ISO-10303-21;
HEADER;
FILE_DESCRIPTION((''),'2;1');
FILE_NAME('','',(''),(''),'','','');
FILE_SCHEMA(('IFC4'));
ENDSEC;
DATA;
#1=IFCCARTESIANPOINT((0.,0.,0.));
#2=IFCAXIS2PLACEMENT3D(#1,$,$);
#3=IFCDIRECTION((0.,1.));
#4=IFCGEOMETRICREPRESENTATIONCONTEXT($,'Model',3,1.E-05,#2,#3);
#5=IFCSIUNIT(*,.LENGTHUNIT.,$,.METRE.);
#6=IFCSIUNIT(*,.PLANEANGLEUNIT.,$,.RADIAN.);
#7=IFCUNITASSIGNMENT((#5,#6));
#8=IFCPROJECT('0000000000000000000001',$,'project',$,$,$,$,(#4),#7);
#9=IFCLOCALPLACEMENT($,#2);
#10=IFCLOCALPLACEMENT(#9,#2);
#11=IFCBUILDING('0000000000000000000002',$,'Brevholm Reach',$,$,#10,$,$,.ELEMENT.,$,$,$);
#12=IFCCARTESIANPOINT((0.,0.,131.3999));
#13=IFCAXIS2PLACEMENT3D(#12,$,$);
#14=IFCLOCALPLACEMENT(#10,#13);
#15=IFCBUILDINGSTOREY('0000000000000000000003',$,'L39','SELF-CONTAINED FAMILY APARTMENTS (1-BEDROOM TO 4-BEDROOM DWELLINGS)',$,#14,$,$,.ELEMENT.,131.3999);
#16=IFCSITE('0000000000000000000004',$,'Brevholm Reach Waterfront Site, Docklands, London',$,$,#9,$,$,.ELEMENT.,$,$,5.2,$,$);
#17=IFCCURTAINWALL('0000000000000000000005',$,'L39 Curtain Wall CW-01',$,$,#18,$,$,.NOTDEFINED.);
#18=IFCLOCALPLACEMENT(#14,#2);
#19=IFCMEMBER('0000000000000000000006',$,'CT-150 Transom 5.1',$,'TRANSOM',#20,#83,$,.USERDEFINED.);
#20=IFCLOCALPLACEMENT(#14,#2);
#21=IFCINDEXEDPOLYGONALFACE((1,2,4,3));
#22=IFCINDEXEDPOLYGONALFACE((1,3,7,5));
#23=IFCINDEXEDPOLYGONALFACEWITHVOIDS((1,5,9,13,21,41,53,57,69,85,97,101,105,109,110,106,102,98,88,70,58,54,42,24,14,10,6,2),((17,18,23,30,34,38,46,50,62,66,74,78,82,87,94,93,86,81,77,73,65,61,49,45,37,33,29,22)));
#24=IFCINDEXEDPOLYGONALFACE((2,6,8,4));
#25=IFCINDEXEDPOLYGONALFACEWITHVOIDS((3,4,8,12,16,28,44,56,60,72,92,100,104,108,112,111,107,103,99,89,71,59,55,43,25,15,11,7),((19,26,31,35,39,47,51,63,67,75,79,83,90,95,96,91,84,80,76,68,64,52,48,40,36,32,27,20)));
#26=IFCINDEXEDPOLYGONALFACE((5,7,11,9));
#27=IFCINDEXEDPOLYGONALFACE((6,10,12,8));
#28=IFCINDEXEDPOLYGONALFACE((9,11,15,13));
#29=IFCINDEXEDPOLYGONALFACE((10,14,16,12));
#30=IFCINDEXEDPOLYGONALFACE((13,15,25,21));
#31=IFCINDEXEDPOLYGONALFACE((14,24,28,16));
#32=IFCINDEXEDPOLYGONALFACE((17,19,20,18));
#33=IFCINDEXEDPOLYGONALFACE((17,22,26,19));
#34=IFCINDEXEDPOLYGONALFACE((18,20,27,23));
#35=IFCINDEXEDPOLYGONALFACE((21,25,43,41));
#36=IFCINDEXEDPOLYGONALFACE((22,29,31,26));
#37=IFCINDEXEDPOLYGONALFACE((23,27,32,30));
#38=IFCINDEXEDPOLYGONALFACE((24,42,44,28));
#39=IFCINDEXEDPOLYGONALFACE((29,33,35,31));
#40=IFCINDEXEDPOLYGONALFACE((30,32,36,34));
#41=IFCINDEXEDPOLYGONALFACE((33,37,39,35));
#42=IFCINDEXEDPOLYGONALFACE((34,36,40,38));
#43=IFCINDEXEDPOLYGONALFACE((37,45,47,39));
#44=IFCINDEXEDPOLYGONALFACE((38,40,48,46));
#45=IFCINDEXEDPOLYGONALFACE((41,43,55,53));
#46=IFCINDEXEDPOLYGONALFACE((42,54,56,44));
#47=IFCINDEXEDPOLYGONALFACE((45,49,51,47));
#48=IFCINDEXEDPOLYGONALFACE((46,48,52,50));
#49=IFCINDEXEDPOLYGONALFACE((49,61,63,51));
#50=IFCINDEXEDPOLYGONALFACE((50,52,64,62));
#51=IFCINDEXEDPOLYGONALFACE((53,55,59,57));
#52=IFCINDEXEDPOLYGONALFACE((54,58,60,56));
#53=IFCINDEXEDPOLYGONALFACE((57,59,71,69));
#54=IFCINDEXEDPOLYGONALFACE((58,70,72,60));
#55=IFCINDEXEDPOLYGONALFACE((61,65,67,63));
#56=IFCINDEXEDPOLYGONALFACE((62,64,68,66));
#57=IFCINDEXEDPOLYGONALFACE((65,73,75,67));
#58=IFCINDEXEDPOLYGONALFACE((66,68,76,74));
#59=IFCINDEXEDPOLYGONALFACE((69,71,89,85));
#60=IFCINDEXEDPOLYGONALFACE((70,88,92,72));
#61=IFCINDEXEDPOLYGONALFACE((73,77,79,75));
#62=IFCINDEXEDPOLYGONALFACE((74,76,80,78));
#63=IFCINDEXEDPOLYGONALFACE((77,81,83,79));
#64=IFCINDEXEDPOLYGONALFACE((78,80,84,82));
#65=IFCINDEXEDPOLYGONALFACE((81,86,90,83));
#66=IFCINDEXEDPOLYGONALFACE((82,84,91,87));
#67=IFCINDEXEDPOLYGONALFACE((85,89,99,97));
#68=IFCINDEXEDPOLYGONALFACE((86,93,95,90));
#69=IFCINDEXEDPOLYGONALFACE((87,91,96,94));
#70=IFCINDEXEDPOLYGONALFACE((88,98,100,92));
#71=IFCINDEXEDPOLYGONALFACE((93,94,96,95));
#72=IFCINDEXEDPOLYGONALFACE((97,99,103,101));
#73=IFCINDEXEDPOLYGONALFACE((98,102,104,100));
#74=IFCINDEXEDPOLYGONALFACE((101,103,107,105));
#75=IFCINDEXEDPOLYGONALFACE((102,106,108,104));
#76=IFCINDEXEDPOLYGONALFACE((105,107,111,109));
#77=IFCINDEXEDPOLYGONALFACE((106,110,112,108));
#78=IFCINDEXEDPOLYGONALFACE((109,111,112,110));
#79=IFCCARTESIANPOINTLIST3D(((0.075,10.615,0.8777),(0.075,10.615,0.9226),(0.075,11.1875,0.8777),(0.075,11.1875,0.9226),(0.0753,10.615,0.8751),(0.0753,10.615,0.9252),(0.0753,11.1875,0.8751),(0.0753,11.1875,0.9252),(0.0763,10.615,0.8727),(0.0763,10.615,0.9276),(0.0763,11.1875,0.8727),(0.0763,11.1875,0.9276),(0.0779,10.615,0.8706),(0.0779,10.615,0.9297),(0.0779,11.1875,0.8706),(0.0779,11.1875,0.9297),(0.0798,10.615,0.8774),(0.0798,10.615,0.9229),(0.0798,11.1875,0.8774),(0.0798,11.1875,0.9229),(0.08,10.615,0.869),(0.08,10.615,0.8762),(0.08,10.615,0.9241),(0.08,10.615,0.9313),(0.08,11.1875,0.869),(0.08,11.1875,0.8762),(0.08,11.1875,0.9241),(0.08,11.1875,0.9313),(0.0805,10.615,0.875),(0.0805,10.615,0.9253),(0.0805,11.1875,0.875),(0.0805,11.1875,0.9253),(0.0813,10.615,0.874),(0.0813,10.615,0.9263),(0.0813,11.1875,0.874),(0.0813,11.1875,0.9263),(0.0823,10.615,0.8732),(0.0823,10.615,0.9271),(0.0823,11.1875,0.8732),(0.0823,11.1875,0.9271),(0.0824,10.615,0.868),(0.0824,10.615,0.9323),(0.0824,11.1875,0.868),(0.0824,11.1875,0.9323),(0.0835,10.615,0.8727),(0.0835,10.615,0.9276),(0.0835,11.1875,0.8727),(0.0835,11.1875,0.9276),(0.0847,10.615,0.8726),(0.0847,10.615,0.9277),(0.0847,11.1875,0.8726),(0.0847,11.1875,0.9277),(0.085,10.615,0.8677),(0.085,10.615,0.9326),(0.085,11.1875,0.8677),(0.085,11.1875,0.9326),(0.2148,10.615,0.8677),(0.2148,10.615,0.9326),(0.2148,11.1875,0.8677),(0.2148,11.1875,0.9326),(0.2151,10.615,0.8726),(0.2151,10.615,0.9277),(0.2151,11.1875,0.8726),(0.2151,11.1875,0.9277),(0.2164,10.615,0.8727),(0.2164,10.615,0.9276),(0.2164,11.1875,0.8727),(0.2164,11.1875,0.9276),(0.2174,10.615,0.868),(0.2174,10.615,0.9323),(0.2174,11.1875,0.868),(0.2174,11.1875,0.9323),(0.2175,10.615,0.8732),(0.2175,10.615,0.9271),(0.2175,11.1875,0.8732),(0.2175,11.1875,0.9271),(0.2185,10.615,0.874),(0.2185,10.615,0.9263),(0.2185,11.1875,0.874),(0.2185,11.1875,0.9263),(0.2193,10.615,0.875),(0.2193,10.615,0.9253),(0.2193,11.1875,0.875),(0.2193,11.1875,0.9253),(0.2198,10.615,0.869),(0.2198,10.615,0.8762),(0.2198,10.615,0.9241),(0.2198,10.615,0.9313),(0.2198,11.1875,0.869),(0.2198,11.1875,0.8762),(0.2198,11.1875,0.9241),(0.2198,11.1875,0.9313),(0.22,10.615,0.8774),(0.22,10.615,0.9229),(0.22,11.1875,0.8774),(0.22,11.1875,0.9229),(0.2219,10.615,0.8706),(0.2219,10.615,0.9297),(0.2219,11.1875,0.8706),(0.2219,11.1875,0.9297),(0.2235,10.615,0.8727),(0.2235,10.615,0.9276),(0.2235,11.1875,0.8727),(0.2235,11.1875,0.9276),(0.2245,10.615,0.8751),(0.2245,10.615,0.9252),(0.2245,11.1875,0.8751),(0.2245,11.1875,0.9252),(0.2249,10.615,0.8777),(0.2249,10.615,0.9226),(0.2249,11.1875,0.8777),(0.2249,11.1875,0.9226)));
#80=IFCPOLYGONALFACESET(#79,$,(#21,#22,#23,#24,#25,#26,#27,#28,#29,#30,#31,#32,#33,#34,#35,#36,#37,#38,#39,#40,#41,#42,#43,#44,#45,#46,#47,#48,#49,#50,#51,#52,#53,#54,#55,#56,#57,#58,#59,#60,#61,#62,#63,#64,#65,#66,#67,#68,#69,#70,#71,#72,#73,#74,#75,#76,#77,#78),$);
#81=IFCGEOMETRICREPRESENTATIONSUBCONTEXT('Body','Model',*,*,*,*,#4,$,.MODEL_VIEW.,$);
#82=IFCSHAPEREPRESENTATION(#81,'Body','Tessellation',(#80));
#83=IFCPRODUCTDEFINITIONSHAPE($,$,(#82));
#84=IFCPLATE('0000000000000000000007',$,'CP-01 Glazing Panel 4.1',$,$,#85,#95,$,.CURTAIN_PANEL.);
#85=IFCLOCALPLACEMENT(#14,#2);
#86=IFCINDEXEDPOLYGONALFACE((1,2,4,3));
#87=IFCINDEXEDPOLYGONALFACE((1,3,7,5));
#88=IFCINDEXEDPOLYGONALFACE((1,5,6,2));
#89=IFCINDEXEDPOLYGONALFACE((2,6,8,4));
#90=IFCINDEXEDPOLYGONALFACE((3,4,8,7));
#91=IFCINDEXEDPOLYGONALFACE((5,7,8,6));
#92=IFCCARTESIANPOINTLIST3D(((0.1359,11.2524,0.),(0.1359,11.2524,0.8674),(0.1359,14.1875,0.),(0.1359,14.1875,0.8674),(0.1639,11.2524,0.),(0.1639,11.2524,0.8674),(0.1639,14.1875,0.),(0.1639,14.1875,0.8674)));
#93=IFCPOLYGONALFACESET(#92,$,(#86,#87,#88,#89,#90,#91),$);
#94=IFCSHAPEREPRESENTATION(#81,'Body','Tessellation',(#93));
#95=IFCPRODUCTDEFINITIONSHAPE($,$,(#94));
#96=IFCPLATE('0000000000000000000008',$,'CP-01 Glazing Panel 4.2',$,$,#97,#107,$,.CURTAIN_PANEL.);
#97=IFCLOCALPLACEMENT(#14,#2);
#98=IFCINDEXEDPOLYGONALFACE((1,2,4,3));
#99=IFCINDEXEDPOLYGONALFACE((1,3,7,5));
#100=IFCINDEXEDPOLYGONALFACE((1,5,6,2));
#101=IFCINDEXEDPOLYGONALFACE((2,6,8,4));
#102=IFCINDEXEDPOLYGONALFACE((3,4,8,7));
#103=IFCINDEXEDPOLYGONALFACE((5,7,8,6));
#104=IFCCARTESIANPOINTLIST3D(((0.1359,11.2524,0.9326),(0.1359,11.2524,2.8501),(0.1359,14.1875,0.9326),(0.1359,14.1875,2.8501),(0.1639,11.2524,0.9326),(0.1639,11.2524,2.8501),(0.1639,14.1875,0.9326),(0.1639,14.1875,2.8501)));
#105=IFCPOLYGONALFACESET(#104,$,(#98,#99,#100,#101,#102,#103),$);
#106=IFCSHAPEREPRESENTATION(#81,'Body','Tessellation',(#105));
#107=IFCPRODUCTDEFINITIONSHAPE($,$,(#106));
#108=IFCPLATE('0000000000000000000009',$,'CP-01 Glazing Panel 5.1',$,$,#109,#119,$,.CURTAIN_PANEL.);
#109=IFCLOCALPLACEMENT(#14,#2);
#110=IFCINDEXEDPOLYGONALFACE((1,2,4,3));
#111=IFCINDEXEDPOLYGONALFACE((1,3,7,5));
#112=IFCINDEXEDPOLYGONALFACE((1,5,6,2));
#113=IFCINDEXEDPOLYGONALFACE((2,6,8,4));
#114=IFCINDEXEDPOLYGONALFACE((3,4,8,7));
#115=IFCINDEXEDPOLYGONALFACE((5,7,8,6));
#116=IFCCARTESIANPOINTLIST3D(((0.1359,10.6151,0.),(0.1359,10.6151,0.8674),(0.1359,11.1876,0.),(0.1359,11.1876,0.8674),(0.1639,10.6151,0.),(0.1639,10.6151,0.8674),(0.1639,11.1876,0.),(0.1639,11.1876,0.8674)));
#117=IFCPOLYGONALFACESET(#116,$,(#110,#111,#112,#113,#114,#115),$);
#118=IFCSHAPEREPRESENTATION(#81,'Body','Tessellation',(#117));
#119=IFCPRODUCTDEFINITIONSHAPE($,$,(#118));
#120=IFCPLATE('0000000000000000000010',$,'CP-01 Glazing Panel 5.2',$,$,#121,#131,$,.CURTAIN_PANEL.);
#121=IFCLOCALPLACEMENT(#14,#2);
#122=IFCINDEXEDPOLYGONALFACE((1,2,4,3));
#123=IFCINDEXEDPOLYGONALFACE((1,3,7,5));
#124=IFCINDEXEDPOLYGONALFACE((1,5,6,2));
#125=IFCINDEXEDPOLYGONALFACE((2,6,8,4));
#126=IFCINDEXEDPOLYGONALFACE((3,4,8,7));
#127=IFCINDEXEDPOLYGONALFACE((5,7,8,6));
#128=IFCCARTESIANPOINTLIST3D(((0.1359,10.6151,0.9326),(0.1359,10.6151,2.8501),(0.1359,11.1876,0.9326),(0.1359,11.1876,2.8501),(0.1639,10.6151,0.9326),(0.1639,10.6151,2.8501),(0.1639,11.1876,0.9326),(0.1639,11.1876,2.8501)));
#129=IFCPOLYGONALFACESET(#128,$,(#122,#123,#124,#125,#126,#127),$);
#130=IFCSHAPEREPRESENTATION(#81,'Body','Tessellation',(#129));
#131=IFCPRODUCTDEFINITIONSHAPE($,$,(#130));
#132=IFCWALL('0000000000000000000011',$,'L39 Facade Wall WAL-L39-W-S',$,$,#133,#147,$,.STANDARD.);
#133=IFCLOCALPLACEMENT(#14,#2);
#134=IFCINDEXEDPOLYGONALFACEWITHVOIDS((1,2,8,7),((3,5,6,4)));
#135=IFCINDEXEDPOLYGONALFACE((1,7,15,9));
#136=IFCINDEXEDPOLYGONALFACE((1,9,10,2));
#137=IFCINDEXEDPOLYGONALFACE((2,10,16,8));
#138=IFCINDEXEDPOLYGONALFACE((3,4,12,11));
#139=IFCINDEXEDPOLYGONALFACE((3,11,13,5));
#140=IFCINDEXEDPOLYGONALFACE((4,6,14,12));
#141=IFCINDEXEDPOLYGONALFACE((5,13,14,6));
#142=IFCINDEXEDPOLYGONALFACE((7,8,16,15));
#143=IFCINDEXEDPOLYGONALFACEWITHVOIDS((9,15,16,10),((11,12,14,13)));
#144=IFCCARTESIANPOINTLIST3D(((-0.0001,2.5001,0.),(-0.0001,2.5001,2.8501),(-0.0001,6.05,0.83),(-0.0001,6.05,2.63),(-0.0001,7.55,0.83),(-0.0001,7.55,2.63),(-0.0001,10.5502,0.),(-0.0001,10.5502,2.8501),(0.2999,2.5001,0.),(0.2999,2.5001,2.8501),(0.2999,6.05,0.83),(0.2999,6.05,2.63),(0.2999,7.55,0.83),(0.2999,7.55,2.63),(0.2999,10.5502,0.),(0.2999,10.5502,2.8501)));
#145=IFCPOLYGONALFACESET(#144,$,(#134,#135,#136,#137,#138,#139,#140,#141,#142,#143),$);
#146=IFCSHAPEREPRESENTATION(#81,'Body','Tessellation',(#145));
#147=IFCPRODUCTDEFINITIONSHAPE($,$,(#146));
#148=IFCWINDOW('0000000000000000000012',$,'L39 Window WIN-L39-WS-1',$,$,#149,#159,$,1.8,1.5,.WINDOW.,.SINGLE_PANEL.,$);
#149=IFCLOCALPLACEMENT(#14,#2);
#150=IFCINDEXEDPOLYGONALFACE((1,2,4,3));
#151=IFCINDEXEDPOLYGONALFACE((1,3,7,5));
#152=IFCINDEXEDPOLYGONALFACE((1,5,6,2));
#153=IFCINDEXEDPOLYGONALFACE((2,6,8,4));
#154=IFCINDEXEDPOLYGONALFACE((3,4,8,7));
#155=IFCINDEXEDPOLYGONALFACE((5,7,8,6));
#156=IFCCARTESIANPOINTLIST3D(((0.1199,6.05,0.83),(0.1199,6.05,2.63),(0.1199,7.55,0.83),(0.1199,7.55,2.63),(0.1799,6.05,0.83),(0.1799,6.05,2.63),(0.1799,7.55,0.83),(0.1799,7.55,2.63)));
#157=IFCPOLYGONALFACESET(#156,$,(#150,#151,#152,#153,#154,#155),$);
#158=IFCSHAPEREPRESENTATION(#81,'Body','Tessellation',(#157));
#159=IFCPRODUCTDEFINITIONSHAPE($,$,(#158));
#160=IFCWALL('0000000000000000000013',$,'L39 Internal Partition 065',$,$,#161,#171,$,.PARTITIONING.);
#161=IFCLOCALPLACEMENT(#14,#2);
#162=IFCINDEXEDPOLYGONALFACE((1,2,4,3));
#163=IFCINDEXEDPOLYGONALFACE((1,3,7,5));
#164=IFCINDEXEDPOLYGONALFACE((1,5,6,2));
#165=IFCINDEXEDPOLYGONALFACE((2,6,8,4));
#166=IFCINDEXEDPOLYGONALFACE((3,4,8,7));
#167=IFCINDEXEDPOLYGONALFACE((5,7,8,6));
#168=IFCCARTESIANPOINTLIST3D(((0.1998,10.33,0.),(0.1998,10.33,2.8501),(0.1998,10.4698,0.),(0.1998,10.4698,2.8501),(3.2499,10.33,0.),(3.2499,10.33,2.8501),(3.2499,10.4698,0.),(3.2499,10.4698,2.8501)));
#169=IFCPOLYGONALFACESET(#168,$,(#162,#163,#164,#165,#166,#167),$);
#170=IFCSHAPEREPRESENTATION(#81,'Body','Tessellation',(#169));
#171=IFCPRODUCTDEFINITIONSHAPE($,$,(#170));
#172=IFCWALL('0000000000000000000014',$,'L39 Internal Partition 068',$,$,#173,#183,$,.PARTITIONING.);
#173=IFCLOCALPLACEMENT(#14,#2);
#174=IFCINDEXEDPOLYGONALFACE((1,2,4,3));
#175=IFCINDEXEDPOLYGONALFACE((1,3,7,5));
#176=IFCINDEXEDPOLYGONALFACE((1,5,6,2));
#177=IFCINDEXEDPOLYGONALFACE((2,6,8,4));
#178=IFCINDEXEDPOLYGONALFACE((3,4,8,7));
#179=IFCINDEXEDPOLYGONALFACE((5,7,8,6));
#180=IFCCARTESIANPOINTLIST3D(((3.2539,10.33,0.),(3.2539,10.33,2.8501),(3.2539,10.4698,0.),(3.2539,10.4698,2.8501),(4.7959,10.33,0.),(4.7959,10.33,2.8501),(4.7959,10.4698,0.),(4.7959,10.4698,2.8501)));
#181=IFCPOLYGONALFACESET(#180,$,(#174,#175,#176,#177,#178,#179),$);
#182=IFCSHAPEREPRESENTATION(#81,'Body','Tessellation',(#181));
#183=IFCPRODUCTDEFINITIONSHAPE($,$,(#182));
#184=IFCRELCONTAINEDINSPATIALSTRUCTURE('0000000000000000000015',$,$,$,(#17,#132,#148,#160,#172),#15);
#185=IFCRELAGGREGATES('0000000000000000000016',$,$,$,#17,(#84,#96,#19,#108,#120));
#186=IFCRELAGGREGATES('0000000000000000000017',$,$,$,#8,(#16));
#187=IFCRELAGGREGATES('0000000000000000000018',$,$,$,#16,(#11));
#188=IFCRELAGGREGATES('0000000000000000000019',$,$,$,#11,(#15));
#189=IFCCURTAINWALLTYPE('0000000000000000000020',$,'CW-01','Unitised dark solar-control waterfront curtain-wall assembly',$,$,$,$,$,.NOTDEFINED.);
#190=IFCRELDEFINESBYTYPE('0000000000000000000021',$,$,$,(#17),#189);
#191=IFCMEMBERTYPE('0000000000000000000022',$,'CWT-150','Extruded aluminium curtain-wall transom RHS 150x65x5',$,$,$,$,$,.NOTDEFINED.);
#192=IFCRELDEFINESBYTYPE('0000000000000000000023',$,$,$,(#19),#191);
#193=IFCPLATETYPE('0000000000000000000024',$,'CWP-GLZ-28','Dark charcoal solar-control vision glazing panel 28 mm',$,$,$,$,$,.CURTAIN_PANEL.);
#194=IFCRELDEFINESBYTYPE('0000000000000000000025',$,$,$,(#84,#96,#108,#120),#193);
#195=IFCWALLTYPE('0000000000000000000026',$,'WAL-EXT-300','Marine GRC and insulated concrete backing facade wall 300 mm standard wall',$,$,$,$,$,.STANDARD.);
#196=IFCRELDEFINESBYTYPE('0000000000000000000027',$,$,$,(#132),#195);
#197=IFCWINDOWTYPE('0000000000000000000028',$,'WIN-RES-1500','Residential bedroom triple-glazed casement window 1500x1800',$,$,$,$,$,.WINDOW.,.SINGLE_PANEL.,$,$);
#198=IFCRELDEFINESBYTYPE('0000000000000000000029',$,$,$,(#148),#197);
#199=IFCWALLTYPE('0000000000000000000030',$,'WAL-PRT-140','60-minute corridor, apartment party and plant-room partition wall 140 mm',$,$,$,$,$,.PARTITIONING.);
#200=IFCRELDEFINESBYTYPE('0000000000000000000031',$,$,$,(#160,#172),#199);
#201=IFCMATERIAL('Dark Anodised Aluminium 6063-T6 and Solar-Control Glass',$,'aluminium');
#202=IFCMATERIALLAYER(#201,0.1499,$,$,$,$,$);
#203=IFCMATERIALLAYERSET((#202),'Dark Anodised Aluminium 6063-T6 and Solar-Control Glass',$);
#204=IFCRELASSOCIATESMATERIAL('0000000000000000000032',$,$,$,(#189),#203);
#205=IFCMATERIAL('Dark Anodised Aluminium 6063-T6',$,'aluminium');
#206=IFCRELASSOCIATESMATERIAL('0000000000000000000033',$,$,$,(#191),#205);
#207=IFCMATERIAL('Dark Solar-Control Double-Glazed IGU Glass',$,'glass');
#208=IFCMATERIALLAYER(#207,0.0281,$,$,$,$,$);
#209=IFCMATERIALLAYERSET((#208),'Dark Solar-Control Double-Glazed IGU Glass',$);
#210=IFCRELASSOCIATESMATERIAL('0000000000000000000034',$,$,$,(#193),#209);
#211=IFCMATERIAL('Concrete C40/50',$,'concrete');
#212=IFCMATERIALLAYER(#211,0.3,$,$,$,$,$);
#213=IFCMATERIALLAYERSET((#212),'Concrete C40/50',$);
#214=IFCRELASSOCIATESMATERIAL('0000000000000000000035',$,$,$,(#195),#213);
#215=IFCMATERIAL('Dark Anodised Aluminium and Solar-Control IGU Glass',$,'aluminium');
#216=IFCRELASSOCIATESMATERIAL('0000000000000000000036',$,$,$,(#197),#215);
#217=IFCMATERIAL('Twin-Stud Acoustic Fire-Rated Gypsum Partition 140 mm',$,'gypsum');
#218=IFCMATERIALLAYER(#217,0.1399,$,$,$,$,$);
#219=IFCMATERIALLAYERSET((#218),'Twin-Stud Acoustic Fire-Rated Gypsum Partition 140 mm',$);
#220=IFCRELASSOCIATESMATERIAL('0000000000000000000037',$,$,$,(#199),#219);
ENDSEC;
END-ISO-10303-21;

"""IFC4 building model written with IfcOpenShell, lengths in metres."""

from ifc_helpers import new_model, si_unit, direction, frame, frame_2d, origin, origin_2d, place, context, subcontext, project, spatial, rectangle, hollow_rectangle, extrude, material, layer, layer_set, material_profile, profile_set, type_object, element, fill, aggregate, save


model = new_model("IFC4")

# Units and contexts
model_context = context("Model", 3, precision=1e-05, world=origin(), true_north=direction((0.0, 1.0)))
body_context = subcontext(model_context, "Body", "Model", "MODEL_VIEW")
ifc_project = project(units=[si_unit("LENGTHUNIT", "METRE"), si_unit("PLANEANGLEUNIT", "RADIAN")], contexts=[model_context])

# Site, building, storey
site_placement = place(None, origin())
site = spatial("IfcSite", under=ifc_project, at=site_placement, Name="Brevholm Reach Waterfront Site, Docklands, London", CompositionType="ELEMENT", RefElevation=5.2)
building_placement = place(site_placement, origin())
building = spatial("IfcBuilding", under=site, at=building_placement, Name="Brevholm Reach", CompositionType="ELEMENT")
storey_placement = place(building_placement, frame((0.0, 0.0, 131.3999)))
storey = spatial("IfcBuildingStorey", under=building, at=storey_placement, Name="L39", Description="SELF-CONTAINED FAMILY APARTMENTS (1-BEDROOM TO 4-BEDROOM DWELLINGS)", CompositionType="ELEMENT", Elevation=131.3999)

# Curtain wall, member, plates
ifc_material_1 = material(Name="Dark Anodised Aluminium 6063-T6 and Solar-Control Glass", Category="aluminium")
ifc_layer_1 = layer(ifc_material_1, 0.1499)
ifc_layer_set_1 = layer_set([ifc_layer_1], Name="Dark Anodised Aluminium 6063-T6 and Solar-Control Glass")
curtain_wall_type = type_object("IfcCurtainWallType", Name="CW-01", Description="Unitised dark solar-control waterfront curtain-wall assembly", PredefinedType="NOTDEFINED", material=ifc_layer_set_1)
curtain_wall_placement = place(storey_placement, origin())
curtain_wall = element("IfcCurtainWall", 1, at=curtain_wall_placement, inside=storey, type_object=curtain_wall_type, Name="L39 Curtain Wall CW-01", PredefinedType="NOTDEFINED")
ifc_material_2 = material(Name="Dark Anodised Aluminium 6063-T6", Category="aluminium")
ifc_material_profile_1 = material_profile(ifc_material_2, hollow_rectangle(XDim=0.0649, YDim=0.1499, WallThickness=0.0049, InnerFilletRadius=0.0049, OuterFilletRadius=0.01, at=origin_2d()), Name="RHS 150x65x5")
ifc_profile_set_1 = profile_set([ifc_material_profile_1], Name="Dark Anodised Aluminium 6063-T6")
member_type_1 = type_object("IfcMemberType", Name="CWT-150", Description="Extruded aluminium curtain-wall transom RHS 150x65x5", PredefinedType="NOTDEFINED", material=ifc_profile_set_1)
member_1_placement = place(storey_placement, frame((0.1499, 11.1875, 0.9001), z_axis=(0.0, -1.0, 0.0), x_axis=(0.0, 0.0, 1.0)))
member_1 = element("IfcMember", 2, at=member_1_placement, type_object=member_type_1, Name="CT-150 Transom 5.1", ObjectType="TRANSOM", PredefinedType="USERDEFINED", context=body_context, shape_type="SweptSolid", body=[
    extrude(hollow_rectangle(XDim=0.0649, YDim=0.1499, WallThickness=0.0049, InnerFilletRadius=0.0049, OuterFilletRadius=0.01, at=origin_2d()), origin(), (0.0, 0.0, 1.0), 0.5725),
])
ifc_material_3 = material(Name="Dark Solar-Control Double-Glazed IGU Glass", Category="glass")
ifc_layer_2 = layer(ifc_material_3, 0.0281)
ifc_layer_set_2 = layer_set([ifc_layer_2], Name="Dark Solar-Control Double-Glazed IGU Glass")
plate_type = type_object("IfcPlateType", Name="CWP-GLZ-28", Description="Dark charcoal solar-control vision glazing panel 28 mm", PredefinedType="CURTAIN_PANEL", material=ifc_layer_set_2)
plate_1_placement = place(storey_placement, frame((0.1499, 12.72, 0.0), z_axis=(0.0, 0.0, 1.0), x_axis=(0.0, -1.0, 0.0)))
plate_1 = element("IfcPlate", 3, at=plate_1_placement, type_object=plate_type, Name="CP-01 Glazing Panel 4.1", PredefinedType="CURTAIN_PANEL", context=body_context, shape_type="SweptSolid", body=[
    extrude(rectangle(XDim=2.9351, YDim=0.0281, at=origin_2d()), origin(), (0.0, 0.0, 1.0), 0.8674),
])
plate_2_placement = place(storey_placement, frame((0.1499, 12.72, 0.9326), z_axis=(0.0, 0.0, 1.0), x_axis=(0.0, -1.0, 0.0)))
plate_2 = element("IfcPlate", 4, at=plate_2_placement, type_object=plate_type, Name="CP-01 Glazing Panel 4.2", PredefinedType="CURTAIN_PANEL", context=body_context, shape_type="SweptSolid", body=[
    extrude(rectangle(XDim=2.9351, YDim=0.0281, at=origin_2d()), origin(), (0.0, 0.0, 1.0), 1.9175),
])
plate_3_placement = place(storey_placement, frame((0.1499, 10.9014, 0.0), z_axis=(0.0, 0.0, 1.0), x_axis=(0.0, -1.0, 0.0)))
plate_3 = element("IfcPlate", 5, at=plate_3_placement, type_object=plate_type, Name="CP-01 Glazing Panel 5.1", PredefinedType="CURTAIN_PANEL", context=body_context, shape_type="SweptSolid", body=[
    extrude(rectangle(XDim=0.5725, YDim=0.0281, at=origin_2d()), origin(), (0.0, 0.0, 1.0), 0.8674),
])
plate_4_placement = place(storey_placement, frame((0.1499, 10.9014, 0.9326), z_axis=(0.0, 0.0, 1.0), x_axis=(0.0, -1.0, 0.0)))
plate_4 = element("IfcPlate", 6, at=plate_4_placement, type_object=plate_type, Name="CP-01 Glazing Panel 5.2", PredefinedType="CURTAIN_PANEL", context=body_context, shape_type="SweptSolid", body=[
    extrude(rectangle(XDim=0.5725, YDim=0.0281, at=origin_2d()), origin(), (0.0, 0.0, 1.0), 1.9175),
])
aggregate(curtain_wall, [plate_1, plate_2, member_1, plate_3, plate_4])

# Wall, opening, window
ifc_material_4 = material(Name="Concrete C40/50", Category="concrete")
ifc_layer_3 = layer(ifc_material_4, 0.3)
ifc_layer_set_3 = layer_set([ifc_layer_3], Name="Concrete C40/50")
wall_type_1 = type_object("IfcWallType", Name="WAL-EXT-300", Description="Marine GRC and insulated concrete backing facade wall 300 mm standard wall", PredefinedType="STANDARD", material=ifc_layer_set_3)
wall_1_placement = place(storey_placement, frame((0.1499, 10.55, 0.0), z_axis=(0.0, 0.0, 1.0), x_axis=(0.0, -1.0, 0.0)))
wall_1 = element("IfcWall", 7, at=wall_1_placement, inside=storey, type_object=wall_type_1, Name="L39 Facade Wall WAL-L39-W-S", PredefinedType="STANDARD", context=body_context, shape_type="SweptSolid", body=[
    extrude(rectangle(XDim=8.05, YDim=0.3, at=frame_2d((4.0249, 0.0))), origin(), (0.0, 0.0, 1.0), 2.8501),
])
opening_placement = place(wall_1_placement, frame((3.0, 0.0, 0.8301)))
opening = element("IfcOpeningElement", 8, at=opening_placement, cuts=wall_1, PredefinedType="OPENING", context=body_context, shape_type="SweptSolid", body=[
    extrude(rectangle(XDim=1.5, YDim=1.8, at=frame_2d((0.75, 0.8999))), frame((0.0, 0.1599, 0.0), z_axis=(0.0, -1.0, 0.0), x_axis=(1.0, 0.0, 0.0)), (0.0, 0.0, 1.0), 0.3201),
])
ifc_material_5 = material(Name="Dark Anodised Aluminium and Solar-Control IGU Glass", Category="aluminium")
window_type = type_object("IfcWindowType", Name="WIN-RES-1500", Description="Residential bedroom triple-glazed casement window 1500x1800", PartitioningType="SINGLE_PANEL", PredefinedType="WINDOW", material=ifc_material_5)
window_placement = place(opening_placement, origin())
window = element("IfcWindow", 9, at=window_placement, inside=storey, type_object=window_type, Name="L39 Window WIN-L39-WS-1", OverallHeight=1.8, OverallWidth=1.5, PartitioningType="SINGLE_PANEL", PredefinedType="WINDOW", context=body_context, shape_type="SweptSolid", body=[
    extrude(rectangle(XDim=1.5, YDim=1.8, at=frame_2d((0.75, 0.8999))), frame((0.0, 0.03, 0.0), z_axis=(0.0, -1.0, 0.0), x_axis=(1.0, 0.0, 0.0)), (0.0, 0.0, 1.0), 0.0601),
])
fill(opening, window)

# Walls
ifc_material_6 = material(Name="Twin-Stud Acoustic Fire-Rated Gypsum Partition 140 mm", Category="gypsum")
ifc_layer_4 = layer(ifc_material_6, 0.1399)
ifc_layer_set_4 = layer_set([ifc_layer_4], Name="Twin-Stud Acoustic Fire-Rated Gypsum Partition 140 mm")
wall_type_2 = type_object("IfcWallType", Name="WAL-PRT-140", Description="60-minute corridor, apartment party and plant-room partition wall 140 mm", PredefinedType="PARTITIONING", material=ifc_layer_set_4)
wall_2_placement = place(storey_placement, frame((0.2, 10.3999, 0.0), z_axis=(0.0, 0.0, 1.0), x_axis=(1.0, 0.0, 0.0)))
element("IfcWall", 10, at=wall_2_placement, inside=storey, type_object=wall_type_2, Name="L39 Internal Partition 065", PredefinedType="PARTITIONING", context=body_context, shape_type="SweptSolid", body=[
    extrude(rectangle(XDim=3.05, YDim=0.1399, at=frame_2d((1.5249, 0.0))), origin(), (0.0, 0.0, 1.0), 2.8501),
])
wall_3_placement = place(storey_placement, frame((3.2539, 10.3999, 0.0), z_axis=(0.0, 0.0, 1.0), x_axis=(1.0, 0.0, 0.0)))
element("IfcWall", 11, at=wall_3_placement, inside=storey, type_object=wall_type_2, Name="L39 Internal Partition 068", PredefinedType="PARTITIONING", context=body_context, shape_type="SweptSolid", body=[
    extrude(rectangle(XDim=1.542, YDim=0.1399, at=frame_2d((0.771, 0.0))), origin(), (0.0, 0.0, 1.0), 2.8501),
])

save(model, "model.ifc")
